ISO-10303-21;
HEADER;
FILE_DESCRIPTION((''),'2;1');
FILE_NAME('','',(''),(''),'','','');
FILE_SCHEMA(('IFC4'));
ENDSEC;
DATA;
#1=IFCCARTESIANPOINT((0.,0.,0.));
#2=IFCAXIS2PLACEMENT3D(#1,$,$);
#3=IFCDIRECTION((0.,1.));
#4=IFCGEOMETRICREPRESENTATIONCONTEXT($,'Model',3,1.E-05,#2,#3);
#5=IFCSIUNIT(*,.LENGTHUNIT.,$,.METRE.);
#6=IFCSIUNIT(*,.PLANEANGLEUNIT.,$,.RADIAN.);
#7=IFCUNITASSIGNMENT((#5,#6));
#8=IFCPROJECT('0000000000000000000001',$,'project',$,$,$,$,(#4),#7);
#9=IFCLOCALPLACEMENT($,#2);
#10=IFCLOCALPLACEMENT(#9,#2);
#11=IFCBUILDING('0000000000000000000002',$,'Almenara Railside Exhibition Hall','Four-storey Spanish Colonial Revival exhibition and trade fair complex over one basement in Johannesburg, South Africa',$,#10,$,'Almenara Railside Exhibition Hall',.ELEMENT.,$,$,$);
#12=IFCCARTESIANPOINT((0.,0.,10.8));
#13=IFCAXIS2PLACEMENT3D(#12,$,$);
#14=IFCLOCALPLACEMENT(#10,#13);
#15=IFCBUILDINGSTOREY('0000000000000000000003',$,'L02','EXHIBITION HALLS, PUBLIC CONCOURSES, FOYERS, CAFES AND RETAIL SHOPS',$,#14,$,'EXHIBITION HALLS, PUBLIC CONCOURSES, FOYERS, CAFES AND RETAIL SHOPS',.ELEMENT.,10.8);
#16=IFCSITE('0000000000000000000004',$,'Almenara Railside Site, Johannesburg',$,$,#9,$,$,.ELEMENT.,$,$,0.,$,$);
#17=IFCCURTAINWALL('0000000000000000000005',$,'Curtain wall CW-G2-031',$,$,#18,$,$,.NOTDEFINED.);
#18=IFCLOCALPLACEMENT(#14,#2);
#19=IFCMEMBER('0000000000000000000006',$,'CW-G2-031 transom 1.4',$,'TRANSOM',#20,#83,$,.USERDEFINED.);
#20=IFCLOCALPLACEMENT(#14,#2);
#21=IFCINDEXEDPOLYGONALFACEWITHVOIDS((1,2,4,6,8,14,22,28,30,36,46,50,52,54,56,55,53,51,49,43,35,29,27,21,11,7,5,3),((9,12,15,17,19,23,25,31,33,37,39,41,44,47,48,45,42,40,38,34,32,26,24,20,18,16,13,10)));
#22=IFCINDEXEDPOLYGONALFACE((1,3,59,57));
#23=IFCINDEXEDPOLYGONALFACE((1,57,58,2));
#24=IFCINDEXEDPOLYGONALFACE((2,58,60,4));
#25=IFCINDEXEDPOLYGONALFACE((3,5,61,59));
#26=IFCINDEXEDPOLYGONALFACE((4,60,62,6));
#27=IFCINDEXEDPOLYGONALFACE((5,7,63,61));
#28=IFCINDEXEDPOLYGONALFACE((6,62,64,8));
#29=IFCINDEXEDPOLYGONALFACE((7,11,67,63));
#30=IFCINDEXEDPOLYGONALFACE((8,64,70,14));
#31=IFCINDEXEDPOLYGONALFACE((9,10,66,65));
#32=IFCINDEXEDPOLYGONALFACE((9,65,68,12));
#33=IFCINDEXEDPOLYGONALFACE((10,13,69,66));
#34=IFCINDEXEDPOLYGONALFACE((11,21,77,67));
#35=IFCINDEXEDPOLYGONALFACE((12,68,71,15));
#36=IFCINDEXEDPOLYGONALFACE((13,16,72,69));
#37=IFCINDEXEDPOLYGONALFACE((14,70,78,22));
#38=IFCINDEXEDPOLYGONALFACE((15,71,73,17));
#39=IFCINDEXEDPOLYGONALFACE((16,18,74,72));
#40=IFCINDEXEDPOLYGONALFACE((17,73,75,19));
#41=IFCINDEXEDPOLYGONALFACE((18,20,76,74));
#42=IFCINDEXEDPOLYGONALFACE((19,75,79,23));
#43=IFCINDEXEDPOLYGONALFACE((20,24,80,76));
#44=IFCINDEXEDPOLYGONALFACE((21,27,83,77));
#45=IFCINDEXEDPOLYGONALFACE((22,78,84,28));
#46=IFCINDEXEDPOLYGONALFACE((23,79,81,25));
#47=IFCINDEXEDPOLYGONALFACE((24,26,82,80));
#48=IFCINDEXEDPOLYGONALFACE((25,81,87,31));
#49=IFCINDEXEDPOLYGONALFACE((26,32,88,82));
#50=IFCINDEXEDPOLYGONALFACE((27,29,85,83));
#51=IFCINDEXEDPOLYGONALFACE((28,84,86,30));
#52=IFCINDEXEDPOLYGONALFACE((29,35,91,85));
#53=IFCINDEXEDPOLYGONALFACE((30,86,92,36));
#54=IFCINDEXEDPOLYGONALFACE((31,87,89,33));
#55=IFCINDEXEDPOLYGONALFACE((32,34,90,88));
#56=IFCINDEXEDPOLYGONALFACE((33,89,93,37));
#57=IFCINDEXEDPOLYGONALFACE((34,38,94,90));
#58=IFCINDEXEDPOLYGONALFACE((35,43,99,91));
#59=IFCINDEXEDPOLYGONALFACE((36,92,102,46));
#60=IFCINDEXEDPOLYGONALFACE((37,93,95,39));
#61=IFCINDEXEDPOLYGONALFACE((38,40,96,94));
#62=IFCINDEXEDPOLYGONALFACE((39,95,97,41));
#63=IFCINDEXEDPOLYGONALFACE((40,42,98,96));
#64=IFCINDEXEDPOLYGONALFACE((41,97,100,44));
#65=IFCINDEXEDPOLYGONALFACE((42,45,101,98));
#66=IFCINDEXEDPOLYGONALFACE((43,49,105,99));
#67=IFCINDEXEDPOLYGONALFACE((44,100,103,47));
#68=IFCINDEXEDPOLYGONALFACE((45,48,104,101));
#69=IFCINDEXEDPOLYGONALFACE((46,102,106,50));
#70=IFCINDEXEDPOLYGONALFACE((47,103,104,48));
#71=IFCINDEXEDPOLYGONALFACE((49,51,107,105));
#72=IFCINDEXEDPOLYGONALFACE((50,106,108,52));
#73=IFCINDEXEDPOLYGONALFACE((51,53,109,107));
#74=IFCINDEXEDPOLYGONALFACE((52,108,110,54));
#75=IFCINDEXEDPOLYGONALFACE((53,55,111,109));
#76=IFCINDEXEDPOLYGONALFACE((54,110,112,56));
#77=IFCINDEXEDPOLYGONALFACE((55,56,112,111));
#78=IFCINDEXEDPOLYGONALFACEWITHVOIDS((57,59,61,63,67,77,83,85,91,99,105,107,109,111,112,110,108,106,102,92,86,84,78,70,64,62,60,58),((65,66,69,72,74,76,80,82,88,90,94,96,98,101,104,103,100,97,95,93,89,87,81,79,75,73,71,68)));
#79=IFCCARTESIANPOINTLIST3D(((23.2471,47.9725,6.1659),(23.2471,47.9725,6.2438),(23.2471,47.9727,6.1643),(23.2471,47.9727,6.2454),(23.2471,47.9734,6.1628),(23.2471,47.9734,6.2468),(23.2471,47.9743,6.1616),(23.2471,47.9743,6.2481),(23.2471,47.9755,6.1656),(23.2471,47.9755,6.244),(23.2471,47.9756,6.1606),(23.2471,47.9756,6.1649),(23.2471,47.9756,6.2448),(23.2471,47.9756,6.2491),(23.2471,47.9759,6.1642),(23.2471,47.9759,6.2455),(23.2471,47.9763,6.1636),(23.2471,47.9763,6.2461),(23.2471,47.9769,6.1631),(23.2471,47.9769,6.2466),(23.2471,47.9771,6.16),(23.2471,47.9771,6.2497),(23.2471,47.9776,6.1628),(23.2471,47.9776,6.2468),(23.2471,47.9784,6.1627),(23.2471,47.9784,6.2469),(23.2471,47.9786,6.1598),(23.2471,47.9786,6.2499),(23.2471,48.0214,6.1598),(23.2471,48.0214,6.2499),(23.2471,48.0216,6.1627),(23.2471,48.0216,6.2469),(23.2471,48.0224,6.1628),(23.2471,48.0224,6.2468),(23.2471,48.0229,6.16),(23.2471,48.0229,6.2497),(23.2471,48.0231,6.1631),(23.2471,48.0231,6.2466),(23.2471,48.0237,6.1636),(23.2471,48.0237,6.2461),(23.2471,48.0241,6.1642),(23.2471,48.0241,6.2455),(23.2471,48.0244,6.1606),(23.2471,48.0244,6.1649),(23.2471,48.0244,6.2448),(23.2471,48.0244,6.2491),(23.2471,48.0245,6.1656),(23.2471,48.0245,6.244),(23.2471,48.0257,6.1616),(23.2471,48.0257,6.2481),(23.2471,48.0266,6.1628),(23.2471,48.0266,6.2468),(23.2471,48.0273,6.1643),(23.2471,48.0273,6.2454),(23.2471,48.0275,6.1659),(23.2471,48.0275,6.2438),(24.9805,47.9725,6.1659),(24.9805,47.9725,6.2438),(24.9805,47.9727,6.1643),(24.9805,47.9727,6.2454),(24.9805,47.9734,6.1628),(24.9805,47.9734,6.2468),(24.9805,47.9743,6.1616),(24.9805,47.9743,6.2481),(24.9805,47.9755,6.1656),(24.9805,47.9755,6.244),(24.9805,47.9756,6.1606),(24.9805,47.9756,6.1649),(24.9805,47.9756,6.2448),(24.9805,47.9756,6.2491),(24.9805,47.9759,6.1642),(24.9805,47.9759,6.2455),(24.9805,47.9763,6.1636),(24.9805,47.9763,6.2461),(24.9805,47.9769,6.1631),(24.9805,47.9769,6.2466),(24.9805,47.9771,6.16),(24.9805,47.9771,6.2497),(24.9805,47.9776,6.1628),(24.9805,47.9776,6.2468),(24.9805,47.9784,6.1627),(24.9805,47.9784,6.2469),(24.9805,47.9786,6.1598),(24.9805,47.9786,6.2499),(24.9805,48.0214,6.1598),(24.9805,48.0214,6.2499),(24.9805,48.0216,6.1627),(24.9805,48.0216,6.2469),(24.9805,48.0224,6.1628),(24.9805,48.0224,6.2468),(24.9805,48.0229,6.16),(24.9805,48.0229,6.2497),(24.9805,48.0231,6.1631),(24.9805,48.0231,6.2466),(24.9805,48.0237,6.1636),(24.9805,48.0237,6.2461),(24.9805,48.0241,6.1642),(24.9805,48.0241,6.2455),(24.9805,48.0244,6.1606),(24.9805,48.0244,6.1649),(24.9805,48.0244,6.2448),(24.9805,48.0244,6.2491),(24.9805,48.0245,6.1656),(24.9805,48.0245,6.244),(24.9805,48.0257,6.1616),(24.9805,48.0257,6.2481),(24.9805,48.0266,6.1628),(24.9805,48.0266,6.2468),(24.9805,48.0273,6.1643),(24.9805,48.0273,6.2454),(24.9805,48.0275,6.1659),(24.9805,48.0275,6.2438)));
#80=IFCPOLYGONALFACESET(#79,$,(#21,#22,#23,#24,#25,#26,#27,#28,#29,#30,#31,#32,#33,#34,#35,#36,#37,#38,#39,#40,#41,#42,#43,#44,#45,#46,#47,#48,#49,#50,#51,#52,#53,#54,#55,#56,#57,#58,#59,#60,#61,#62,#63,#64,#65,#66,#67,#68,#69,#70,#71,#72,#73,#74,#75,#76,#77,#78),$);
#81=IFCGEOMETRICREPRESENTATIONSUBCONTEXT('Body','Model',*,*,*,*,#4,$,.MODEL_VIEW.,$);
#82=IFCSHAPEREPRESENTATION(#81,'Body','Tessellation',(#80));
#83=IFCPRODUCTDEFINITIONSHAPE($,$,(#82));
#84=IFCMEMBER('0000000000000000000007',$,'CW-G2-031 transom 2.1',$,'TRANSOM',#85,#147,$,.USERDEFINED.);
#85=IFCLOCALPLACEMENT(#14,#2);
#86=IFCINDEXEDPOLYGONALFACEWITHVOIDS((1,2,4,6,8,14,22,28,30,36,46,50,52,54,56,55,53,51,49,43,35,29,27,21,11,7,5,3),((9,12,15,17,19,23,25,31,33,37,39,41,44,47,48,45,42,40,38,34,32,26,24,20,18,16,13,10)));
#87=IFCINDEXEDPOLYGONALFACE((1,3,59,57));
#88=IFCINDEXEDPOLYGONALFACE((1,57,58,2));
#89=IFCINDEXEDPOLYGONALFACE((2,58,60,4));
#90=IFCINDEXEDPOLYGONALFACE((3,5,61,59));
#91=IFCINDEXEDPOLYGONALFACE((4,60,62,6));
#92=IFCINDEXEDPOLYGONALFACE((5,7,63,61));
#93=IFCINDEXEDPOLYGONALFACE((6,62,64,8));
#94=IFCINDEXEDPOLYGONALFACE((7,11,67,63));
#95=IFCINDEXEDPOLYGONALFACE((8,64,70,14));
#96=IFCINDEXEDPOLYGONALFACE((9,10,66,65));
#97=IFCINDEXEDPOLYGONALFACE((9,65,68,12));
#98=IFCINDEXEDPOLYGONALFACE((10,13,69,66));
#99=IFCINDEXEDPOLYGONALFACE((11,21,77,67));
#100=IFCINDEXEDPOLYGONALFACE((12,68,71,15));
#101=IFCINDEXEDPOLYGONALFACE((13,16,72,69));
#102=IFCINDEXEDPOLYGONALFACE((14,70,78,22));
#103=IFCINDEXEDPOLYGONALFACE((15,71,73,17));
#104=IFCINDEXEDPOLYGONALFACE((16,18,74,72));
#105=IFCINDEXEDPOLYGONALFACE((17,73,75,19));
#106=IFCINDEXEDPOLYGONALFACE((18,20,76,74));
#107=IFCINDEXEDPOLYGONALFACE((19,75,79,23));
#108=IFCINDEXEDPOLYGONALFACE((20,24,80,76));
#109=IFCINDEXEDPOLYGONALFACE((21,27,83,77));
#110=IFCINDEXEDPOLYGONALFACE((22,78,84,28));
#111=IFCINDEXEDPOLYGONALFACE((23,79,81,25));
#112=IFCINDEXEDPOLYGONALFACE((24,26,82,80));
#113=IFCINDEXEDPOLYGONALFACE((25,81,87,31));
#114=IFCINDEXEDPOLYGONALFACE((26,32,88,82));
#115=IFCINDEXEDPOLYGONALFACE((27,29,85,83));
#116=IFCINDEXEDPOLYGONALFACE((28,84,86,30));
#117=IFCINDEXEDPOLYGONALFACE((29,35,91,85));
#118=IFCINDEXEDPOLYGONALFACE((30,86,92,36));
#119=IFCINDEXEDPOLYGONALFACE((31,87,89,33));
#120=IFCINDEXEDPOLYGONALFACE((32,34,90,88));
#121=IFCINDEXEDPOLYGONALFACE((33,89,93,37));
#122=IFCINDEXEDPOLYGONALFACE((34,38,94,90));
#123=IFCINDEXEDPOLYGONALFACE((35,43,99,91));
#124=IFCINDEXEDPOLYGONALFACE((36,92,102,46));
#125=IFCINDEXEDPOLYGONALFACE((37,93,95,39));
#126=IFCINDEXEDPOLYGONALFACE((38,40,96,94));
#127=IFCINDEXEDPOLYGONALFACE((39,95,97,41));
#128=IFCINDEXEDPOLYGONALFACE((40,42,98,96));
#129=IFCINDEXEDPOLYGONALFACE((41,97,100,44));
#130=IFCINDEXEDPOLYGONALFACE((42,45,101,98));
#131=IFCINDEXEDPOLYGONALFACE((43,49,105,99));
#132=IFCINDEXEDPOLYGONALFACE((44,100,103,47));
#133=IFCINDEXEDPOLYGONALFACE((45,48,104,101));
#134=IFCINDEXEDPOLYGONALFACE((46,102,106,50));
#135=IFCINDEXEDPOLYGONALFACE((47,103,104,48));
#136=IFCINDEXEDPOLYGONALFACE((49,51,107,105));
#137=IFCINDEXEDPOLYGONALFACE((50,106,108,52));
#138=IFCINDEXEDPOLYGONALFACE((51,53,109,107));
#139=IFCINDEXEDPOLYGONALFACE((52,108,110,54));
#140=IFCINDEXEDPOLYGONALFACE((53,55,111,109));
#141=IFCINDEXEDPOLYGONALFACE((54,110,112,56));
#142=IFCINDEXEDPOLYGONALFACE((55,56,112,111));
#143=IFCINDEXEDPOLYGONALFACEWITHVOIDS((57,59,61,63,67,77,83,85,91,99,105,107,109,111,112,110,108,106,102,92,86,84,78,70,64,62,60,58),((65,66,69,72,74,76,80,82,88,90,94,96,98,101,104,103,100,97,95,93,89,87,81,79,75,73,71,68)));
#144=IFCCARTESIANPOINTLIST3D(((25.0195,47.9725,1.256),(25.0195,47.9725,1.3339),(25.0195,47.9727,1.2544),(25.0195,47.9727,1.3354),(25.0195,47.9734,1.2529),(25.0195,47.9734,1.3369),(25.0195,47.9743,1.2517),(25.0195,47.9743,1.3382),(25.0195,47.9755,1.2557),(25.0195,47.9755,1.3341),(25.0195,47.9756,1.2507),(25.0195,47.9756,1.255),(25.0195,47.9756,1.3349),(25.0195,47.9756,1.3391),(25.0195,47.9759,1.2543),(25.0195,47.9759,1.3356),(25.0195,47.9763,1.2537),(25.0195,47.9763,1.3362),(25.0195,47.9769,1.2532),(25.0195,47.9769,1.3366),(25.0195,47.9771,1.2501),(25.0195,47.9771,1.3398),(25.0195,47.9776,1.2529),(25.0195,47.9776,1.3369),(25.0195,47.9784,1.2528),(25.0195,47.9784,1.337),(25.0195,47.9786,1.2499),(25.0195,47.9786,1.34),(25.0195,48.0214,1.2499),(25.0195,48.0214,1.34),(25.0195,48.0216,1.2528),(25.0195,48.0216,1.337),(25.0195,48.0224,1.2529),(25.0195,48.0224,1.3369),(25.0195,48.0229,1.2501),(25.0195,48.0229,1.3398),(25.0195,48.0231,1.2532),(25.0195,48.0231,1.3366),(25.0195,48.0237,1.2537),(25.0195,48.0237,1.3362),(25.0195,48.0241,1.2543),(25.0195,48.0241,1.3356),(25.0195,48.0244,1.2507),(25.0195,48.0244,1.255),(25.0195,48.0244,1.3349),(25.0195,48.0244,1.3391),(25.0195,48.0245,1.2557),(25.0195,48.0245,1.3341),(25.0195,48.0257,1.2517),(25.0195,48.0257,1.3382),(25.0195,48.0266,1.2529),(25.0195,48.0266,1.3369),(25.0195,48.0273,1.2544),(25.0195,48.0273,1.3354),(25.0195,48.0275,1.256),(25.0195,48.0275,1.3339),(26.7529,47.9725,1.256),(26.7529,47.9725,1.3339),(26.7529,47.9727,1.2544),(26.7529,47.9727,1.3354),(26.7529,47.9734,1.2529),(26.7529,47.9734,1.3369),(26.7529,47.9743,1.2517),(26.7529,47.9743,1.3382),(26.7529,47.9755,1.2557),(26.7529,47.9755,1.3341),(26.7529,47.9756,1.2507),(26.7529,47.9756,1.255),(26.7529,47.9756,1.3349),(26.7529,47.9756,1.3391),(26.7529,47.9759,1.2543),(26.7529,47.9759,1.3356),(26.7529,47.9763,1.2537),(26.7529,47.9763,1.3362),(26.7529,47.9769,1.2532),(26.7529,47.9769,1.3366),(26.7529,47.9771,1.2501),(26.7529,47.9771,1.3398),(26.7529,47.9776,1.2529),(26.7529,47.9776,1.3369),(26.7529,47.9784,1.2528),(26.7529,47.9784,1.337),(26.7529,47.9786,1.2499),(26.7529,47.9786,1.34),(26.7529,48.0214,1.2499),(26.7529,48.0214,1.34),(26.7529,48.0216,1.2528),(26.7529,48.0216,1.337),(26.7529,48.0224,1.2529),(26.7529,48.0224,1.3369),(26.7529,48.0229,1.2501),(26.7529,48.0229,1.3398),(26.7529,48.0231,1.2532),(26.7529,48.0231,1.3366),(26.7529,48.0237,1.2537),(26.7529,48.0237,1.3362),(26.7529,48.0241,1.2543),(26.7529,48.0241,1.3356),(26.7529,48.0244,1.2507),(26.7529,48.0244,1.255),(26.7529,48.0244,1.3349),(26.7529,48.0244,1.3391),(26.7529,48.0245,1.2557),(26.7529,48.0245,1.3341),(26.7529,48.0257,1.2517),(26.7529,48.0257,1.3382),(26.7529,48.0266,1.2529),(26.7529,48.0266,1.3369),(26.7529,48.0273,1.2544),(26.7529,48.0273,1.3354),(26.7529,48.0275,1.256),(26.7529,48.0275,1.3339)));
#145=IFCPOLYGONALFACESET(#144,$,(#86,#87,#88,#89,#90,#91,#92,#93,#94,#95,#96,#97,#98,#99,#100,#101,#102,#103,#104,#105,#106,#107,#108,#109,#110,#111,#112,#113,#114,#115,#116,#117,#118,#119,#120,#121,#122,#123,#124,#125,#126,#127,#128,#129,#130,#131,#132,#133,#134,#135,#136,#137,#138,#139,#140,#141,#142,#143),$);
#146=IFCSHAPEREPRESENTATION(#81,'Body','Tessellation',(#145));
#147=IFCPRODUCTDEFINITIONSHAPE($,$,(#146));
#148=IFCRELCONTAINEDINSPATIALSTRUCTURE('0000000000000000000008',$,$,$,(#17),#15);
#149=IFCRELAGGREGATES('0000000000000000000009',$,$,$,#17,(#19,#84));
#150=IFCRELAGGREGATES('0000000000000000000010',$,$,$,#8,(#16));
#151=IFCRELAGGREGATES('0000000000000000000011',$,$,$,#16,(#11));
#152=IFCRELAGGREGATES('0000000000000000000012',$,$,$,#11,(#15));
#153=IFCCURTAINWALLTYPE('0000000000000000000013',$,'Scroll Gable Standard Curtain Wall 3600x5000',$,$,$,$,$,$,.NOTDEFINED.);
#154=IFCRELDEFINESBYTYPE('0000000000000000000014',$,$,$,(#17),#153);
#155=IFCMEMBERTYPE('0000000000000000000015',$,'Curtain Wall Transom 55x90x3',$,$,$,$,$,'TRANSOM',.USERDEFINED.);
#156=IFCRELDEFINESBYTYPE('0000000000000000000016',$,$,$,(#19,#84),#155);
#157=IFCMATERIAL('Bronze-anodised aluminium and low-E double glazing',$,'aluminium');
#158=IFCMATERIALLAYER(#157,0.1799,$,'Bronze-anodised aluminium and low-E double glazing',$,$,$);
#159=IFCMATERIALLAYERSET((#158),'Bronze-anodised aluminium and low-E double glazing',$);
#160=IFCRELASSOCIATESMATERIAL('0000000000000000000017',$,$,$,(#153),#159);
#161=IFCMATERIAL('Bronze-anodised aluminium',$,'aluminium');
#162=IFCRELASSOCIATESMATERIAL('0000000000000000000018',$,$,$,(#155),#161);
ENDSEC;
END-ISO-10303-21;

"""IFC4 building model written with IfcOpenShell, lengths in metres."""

from ifc_helpers import new_model, si_unit, direction, frame, origin, origin_2d, place, context, subcontext, project, spatial, hollow_rectangle, extrude, material, layer, layer_set, material_profile, profile_set, type_object, element, aggregate, save


model = new_model("IFC4")

# Units and contexts
model_context = context("Model", 3, precision=1e-05, world=origin(), true_north=direction((0.0, 1.0)))
body_context = subcontext(model_context, "Body", "Model", "MODEL_VIEW")
ifc_project = project(units=[si_unit("LENGTHUNIT", "METRE"), si_unit("PLANEANGLEUNIT", "RADIAN")], contexts=[model_context])

# Site, building, storey
site_placement = place(None, origin())
site = spatial("IfcSite", under=ifc_project, at=site_placement, Name="Almenara Railside Site, Johannesburg", CompositionType="ELEMENT", RefElevation=0.0)
building_placement = place(site_placement, origin())
building = spatial("IfcBuilding", under=site, at=building_placement, Name="Almenara Railside Exhibition Hall", Description="Four-storey Spanish Colonial Revival exhibition and trade fair complex over one basement in Johannesburg, South Africa", LongName="Almenara Railside Exhibition Hall", CompositionType="ELEMENT")
storey_placement = place(building_placement, frame((0.0, 0.0, 10.8)))
storey = spatial("IfcBuildingStorey", under=building, at=storey_placement, Name="L02", Description="EXHIBITION HALLS, PUBLIC CONCOURSES, FOYERS, CAFES AND RETAIL SHOPS", LongName="EXHIBITION HALLS, PUBLIC CONCOURSES, FOYERS, CAFES AND RETAIL SHOPS", CompositionType="ELEMENT", Elevation=10.8)

# Curtain wall
ifc_material_1 = material(Name="Bronze-anodised aluminium and low-E double glazing", Category="aluminium")
ifc_layer_1 = layer(ifc_material_1, 0.1799, Name="Bronze-anodised aluminium and low-E double glazing")
ifc_layer_set_1 = layer_set([ifc_layer_1], Name="Bronze-anodised aluminium and low-E double glazing")
curtain_wall_type = type_object("IfcCurtainWallType", Name="Scroll Gable Standard Curtain Wall 3600x5000", PredefinedType="NOTDEFINED", material=ifc_layer_set_1)
curtain_wall_1_placement = place(storey_placement, origin())
curtain_wall_1 = element("IfcCurtainWall", 1, at=curtain_wall_1_placement, inside=storey, type_object=curtain_wall_type, Name="Curtain wall CW-G2-031", PredefinedType="NOTDEFINED")
ifc_material_2 = material(Name="Bronze-anodised aluminium", Category="aluminium")

# Members
ifc_material_profile_1 = material_profile(ifc_material_2, hollow_rectangle(XDim=0.0549, YDim=0.0901, WallThickness=0.0029, InnerFilletRadius=0.0029, OuterFilletRadius=0.0061, at=origin_2d()), Name="ALU-TRN 55x90x3")
ifc_profile_set_1 = profile_set([ifc_material_profile_1], Name="Bronze-anodised aluminium")
member_type_1 = type_object("IfcMemberType", Name="Curtain Wall Transom 55x90x3", ElementType="TRANSOM", PredefinedType="USERDEFINED", material=ifc_profile_set_1)
member_1_placement = place(storey_placement, frame((23.2471, 48.0, 6.2048), z_axis=(1.0, 0.0, 0.0), x_axis=(0.0, 1.0, 0.0)))
member_1 = element("IfcMember", 2, at=member_1_placement, type_object=member_type_1, Name="CW-G2-031 transom 1.4", ObjectType="TRANSOM", PredefinedType="USERDEFINED", context=body_context, shape_type="SweptSolid", body=[
    extrude(hollow_rectangle(XDim=0.0549, YDim=0.0901, WallThickness=0.0029, InnerFilletRadius=0.0029, OuterFilletRadius=0.0061, at=origin_2d()), origin(), (0.0, 0.0, 1.0), 1.7334),
])
member_2_placement = place(storey_placement, frame((25.0195, 48.0, 1.2949), z_axis=(1.0, 0.0, 0.0), x_axis=(0.0, 1.0, 0.0)))
member_2 = element("IfcMember", 3, at=member_2_placement, type_object=member_type_1, Name="CW-G2-031 transom 2.1", ObjectType="TRANSOM", PredefinedType="USERDEFINED", context=body_context, shape_type="SweptSolid", body=[
    extrude(hollow_rectangle(XDim=0.0549, YDim=0.0901, WallThickness=0.0029, InnerFilletRadius=0.0029, OuterFilletRadius=0.0061, at=origin_2d()), origin(), (0.0, 0.0, 1.0), 1.7334),
])

aggregate(curtain_wall_1, [member_1, member_2])

save(model, "model.ifc")
